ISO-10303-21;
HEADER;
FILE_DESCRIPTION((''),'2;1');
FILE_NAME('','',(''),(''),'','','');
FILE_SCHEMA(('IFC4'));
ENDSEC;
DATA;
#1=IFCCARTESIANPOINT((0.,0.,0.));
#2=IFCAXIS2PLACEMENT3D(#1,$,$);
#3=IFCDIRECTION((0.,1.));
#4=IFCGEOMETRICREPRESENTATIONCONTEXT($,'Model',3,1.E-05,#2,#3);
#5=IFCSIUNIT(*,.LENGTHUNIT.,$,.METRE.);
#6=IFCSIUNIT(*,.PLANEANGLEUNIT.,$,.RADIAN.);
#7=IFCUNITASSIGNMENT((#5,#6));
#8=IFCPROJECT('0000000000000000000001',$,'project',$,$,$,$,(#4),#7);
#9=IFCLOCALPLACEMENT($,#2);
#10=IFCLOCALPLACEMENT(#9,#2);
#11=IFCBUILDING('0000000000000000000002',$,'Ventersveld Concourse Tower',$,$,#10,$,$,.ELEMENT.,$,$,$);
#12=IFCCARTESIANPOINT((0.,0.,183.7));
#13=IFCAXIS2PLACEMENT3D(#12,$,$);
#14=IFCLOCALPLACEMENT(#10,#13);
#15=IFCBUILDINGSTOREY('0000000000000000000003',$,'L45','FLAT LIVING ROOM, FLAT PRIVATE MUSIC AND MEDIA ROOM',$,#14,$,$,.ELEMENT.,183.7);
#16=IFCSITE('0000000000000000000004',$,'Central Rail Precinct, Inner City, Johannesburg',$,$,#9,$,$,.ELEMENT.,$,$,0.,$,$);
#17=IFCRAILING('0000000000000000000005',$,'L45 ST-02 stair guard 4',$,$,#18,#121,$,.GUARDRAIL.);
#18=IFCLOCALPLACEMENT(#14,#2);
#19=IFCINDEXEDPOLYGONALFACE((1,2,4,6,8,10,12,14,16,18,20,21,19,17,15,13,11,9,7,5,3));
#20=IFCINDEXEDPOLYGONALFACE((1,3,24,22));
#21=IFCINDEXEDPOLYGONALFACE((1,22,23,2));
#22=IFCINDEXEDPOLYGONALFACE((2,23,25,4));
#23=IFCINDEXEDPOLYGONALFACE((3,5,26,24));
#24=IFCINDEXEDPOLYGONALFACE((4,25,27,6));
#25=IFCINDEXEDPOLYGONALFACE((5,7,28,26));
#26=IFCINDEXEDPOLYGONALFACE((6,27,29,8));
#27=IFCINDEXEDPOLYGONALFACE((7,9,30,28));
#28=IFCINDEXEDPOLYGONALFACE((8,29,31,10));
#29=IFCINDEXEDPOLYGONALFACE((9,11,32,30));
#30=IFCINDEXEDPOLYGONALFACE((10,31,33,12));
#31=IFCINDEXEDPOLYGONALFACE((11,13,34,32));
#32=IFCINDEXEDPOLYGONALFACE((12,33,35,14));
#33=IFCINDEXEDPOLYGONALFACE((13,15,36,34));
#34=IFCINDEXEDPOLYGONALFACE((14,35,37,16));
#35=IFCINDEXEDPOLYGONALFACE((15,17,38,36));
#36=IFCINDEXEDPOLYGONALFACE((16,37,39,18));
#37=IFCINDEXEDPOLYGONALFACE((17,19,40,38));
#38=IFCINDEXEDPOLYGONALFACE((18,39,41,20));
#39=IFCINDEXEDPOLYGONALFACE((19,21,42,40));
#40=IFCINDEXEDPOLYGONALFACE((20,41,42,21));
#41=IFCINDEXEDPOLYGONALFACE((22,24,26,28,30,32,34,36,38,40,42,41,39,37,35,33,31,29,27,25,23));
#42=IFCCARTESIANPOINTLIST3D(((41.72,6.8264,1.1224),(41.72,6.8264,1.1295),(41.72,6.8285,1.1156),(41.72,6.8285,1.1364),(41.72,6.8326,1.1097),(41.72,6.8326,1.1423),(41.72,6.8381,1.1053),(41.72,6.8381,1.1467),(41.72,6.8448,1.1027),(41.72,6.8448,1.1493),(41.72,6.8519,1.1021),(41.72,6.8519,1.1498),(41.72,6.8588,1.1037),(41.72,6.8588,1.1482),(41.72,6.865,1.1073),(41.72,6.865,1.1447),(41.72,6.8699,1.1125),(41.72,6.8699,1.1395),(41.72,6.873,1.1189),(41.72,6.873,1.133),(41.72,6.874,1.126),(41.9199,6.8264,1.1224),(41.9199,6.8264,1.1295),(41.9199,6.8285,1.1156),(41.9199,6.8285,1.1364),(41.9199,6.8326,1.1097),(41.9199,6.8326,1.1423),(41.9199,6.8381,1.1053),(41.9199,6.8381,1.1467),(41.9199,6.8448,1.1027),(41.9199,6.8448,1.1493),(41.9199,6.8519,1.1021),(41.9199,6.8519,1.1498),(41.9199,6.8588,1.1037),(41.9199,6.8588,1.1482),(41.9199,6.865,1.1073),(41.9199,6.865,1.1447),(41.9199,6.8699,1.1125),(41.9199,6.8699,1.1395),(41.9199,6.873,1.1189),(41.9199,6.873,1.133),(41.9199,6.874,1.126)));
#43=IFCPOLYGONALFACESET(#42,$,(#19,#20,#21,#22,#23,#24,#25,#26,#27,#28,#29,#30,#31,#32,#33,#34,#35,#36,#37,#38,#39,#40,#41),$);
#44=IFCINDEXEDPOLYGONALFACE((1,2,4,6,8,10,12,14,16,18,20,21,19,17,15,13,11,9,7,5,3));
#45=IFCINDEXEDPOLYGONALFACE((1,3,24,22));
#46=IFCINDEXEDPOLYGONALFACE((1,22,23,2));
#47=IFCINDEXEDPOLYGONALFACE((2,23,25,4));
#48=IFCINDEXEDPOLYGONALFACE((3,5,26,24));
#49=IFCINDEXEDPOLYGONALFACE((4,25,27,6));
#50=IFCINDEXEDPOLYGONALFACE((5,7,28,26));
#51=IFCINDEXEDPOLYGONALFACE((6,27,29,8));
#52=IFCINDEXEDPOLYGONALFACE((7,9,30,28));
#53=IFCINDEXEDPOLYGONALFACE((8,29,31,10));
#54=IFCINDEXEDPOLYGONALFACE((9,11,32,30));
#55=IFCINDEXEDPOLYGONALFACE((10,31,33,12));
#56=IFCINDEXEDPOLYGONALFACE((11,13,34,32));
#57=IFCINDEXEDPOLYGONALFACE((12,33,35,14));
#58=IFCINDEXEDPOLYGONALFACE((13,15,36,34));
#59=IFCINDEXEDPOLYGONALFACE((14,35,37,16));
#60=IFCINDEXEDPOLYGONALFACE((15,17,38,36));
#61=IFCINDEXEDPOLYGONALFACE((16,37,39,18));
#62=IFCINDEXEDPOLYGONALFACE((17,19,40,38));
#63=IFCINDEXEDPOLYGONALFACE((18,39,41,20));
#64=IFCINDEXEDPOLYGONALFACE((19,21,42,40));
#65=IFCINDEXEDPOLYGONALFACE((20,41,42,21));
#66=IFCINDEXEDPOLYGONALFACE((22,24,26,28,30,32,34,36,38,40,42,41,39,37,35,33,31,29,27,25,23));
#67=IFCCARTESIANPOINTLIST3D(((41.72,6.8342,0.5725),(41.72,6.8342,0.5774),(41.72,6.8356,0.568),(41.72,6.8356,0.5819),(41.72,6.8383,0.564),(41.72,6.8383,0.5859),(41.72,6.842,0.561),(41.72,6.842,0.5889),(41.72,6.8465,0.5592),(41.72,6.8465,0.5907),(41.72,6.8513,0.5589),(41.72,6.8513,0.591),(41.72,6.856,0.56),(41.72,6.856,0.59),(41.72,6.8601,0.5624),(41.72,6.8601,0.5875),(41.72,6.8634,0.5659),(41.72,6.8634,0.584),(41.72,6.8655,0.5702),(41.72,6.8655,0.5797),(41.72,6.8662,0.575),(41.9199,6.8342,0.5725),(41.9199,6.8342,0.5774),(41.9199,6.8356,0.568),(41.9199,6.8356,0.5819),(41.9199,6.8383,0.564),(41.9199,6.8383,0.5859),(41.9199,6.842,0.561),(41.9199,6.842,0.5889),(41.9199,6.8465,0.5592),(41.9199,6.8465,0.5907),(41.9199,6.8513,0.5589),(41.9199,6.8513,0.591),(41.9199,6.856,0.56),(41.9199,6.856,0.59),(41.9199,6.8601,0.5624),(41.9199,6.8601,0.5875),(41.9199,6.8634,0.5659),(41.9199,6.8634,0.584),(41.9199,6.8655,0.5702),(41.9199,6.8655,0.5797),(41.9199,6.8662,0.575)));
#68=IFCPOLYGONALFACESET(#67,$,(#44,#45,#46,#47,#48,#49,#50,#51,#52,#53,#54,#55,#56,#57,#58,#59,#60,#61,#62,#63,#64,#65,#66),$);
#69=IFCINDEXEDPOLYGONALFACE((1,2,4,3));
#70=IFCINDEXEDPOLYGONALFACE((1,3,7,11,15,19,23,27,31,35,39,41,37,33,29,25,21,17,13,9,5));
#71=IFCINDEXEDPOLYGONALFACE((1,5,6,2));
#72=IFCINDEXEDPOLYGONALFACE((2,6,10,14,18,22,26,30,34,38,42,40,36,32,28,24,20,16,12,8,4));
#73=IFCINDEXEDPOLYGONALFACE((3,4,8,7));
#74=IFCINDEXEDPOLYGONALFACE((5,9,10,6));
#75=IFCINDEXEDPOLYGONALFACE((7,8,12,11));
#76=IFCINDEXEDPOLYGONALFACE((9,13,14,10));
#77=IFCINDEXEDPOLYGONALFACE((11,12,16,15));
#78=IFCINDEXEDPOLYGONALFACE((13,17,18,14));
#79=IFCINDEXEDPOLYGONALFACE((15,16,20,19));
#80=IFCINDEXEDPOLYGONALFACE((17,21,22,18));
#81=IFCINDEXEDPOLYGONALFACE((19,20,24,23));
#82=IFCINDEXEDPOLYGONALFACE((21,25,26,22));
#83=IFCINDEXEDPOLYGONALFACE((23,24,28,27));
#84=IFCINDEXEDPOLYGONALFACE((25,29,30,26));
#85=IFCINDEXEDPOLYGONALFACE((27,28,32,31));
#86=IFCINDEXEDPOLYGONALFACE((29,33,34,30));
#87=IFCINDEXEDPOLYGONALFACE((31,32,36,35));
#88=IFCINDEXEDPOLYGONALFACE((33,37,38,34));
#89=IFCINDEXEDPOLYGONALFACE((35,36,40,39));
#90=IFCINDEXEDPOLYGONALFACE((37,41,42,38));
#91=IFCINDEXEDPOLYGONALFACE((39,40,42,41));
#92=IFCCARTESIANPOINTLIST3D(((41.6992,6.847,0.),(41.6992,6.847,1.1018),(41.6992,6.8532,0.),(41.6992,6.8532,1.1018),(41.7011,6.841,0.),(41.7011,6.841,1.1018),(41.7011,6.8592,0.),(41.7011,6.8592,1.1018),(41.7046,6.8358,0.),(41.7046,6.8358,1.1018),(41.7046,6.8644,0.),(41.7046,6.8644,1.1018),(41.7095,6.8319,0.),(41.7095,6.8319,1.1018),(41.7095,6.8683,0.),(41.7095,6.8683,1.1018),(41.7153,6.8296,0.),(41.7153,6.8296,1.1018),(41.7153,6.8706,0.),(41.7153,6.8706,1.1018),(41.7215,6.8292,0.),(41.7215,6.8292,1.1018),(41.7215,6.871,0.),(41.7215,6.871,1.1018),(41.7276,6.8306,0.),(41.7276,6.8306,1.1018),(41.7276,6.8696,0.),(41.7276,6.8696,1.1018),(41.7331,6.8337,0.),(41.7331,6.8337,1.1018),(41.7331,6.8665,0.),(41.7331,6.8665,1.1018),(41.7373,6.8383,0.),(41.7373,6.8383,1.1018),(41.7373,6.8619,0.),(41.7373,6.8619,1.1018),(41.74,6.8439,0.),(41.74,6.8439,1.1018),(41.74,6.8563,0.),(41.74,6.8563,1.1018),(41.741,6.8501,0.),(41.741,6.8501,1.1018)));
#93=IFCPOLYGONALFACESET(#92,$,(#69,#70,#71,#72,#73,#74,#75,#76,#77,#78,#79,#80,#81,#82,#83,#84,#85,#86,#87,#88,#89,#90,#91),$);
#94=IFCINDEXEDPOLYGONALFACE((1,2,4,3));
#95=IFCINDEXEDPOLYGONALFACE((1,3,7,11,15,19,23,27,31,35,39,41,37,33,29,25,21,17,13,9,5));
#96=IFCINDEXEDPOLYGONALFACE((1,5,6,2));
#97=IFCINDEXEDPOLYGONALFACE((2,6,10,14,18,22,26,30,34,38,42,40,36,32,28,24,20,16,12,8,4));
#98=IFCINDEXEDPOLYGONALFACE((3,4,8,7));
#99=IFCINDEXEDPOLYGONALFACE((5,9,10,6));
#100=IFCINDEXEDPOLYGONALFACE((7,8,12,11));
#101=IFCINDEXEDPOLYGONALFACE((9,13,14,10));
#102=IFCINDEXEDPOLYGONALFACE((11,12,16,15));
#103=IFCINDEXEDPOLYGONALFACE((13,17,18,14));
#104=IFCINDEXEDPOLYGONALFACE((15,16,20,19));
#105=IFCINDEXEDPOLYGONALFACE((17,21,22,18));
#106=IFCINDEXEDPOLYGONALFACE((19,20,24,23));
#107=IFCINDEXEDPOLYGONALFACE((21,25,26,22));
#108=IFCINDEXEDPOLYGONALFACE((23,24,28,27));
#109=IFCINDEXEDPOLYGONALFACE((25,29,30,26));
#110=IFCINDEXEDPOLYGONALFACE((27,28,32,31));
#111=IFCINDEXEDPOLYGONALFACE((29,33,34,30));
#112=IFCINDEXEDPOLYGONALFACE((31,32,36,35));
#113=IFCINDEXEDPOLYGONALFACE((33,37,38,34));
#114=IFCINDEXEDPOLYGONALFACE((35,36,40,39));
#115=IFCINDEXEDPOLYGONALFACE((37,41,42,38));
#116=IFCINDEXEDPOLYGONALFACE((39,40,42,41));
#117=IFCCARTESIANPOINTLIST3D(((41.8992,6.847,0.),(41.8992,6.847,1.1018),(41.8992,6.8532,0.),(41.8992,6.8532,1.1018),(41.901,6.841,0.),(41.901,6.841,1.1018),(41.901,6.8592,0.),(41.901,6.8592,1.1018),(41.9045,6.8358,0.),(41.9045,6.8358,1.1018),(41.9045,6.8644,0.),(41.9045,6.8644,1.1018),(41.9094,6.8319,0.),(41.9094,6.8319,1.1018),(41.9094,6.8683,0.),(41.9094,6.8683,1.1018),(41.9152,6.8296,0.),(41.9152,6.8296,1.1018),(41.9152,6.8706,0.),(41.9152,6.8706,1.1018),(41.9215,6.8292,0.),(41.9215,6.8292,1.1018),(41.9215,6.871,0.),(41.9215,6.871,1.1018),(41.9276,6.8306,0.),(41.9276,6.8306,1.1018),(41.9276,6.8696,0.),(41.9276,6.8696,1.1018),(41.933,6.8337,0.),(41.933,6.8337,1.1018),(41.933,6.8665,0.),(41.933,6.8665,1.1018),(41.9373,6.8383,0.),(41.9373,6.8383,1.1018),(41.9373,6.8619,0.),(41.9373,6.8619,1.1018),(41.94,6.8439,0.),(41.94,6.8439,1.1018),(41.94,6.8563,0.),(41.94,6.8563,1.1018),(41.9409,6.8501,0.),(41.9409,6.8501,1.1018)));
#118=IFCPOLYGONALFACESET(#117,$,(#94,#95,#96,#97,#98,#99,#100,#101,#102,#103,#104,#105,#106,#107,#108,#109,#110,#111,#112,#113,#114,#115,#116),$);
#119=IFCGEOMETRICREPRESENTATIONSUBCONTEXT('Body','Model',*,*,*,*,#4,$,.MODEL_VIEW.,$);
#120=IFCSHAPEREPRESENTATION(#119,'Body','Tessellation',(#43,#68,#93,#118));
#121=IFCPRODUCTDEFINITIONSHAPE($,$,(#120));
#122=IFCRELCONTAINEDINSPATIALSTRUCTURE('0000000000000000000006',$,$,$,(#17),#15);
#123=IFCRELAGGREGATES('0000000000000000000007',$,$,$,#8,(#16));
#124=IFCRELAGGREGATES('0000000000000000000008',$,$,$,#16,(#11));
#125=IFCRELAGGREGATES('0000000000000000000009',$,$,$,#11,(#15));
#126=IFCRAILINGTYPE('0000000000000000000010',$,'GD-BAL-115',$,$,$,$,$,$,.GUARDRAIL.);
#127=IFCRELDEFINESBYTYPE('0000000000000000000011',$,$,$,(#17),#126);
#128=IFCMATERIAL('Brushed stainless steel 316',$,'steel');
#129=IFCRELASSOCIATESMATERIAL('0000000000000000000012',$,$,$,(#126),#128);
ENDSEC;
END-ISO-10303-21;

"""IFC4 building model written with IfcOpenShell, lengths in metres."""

from ifc_helpers import new_model, si_unit, direction, frame, origin, origin_2d, place, context, subcontext, project, spatial, circle, extrude, material, type_object, element, save


model = new_model("IFC4")

# Units and contexts
model_context = context("Model", 3, precision=1e-05, world=origin(), true_north=direction((0.0, 1.0)))
body_context = subcontext(model_context, "Body", "Model", "MODEL_VIEW")
ifc_project = project(units=[si_unit("LENGTHUNIT", "METRE"), si_unit("PLANEANGLEUNIT", "RADIAN")], contexts=[model_context])

# Site, building, storey
site_placement = place(None, origin())
site = spatial("IfcSite", under=ifc_project, at=site_placement, Name="Central Rail Precinct, Inner City, Johannesburg", CompositionType="ELEMENT", RefElevation=0.0)
building_placement = place(site_placement, origin())
building = spatial("IfcBuilding", under=site, at=building_placement, Name="Ventersveld Concourse Tower", CompositionType="ELEMENT")
storey_placement = place(building_placement, frame((0.0, 0.0, 183.7)))
storey = spatial("IfcBuildingStorey", under=building, at=storey_placement, Name="L45", Description="FLAT LIVING ROOM, FLAT PRIVATE MUSIC AND MEDIA ROOM", CompositionType="ELEMENT", Elevation=183.7)

# Shared definitions
ifc_material_1 = material(Name="Brushed stainless steel 316", Category="steel")

# Railing
railing_type_1 = type_object("IfcRailingType", Name="GD-BAL-115", PredefinedType="GUARDRAIL", material=ifc_material_1)
railing_1_placement = place(storey_placement, frame((41.72, 6.8501, 0.0)))
element("IfcRailing", 1, at=railing_1_placement, inside=storey, type_object=railing_type_1, Name="L45 ST-02 stair guard 4", PredefinedType="GUARDRAIL", context=body_context, shape_type="SweptSolid", body=[
    extrude(circle(Radius=0.0239, at=origin_2d()), frame((0.0, 0.0, 1.126), z_axis=(1.0, 0.0, 0.0), x_axis=(0.0, 1.0, 0.0)), (0.0, 0.0, 1.0), 0.2),
    extrude(circle(Radius=0.0161, at=origin_2d()), frame((0.0, 0.0, 0.575), z_axis=(1.0, 0.0, 0.0), x_axis=(0.0, 1.0, 0.0)), (0.0, 0.0, 1.0), 0.2),
    extrude(circle(Radius=0.021, at=origin_2d()), origin(), (0.0, 0.0, 1.0), 1.1018),
    extrude(circle(Radius=0.021, at=origin_2d()), frame((0.2, 0.0, 0.0)), (0.0, 0.0, 1.0), 1.1018),
])

save(model, "model.ifc")
